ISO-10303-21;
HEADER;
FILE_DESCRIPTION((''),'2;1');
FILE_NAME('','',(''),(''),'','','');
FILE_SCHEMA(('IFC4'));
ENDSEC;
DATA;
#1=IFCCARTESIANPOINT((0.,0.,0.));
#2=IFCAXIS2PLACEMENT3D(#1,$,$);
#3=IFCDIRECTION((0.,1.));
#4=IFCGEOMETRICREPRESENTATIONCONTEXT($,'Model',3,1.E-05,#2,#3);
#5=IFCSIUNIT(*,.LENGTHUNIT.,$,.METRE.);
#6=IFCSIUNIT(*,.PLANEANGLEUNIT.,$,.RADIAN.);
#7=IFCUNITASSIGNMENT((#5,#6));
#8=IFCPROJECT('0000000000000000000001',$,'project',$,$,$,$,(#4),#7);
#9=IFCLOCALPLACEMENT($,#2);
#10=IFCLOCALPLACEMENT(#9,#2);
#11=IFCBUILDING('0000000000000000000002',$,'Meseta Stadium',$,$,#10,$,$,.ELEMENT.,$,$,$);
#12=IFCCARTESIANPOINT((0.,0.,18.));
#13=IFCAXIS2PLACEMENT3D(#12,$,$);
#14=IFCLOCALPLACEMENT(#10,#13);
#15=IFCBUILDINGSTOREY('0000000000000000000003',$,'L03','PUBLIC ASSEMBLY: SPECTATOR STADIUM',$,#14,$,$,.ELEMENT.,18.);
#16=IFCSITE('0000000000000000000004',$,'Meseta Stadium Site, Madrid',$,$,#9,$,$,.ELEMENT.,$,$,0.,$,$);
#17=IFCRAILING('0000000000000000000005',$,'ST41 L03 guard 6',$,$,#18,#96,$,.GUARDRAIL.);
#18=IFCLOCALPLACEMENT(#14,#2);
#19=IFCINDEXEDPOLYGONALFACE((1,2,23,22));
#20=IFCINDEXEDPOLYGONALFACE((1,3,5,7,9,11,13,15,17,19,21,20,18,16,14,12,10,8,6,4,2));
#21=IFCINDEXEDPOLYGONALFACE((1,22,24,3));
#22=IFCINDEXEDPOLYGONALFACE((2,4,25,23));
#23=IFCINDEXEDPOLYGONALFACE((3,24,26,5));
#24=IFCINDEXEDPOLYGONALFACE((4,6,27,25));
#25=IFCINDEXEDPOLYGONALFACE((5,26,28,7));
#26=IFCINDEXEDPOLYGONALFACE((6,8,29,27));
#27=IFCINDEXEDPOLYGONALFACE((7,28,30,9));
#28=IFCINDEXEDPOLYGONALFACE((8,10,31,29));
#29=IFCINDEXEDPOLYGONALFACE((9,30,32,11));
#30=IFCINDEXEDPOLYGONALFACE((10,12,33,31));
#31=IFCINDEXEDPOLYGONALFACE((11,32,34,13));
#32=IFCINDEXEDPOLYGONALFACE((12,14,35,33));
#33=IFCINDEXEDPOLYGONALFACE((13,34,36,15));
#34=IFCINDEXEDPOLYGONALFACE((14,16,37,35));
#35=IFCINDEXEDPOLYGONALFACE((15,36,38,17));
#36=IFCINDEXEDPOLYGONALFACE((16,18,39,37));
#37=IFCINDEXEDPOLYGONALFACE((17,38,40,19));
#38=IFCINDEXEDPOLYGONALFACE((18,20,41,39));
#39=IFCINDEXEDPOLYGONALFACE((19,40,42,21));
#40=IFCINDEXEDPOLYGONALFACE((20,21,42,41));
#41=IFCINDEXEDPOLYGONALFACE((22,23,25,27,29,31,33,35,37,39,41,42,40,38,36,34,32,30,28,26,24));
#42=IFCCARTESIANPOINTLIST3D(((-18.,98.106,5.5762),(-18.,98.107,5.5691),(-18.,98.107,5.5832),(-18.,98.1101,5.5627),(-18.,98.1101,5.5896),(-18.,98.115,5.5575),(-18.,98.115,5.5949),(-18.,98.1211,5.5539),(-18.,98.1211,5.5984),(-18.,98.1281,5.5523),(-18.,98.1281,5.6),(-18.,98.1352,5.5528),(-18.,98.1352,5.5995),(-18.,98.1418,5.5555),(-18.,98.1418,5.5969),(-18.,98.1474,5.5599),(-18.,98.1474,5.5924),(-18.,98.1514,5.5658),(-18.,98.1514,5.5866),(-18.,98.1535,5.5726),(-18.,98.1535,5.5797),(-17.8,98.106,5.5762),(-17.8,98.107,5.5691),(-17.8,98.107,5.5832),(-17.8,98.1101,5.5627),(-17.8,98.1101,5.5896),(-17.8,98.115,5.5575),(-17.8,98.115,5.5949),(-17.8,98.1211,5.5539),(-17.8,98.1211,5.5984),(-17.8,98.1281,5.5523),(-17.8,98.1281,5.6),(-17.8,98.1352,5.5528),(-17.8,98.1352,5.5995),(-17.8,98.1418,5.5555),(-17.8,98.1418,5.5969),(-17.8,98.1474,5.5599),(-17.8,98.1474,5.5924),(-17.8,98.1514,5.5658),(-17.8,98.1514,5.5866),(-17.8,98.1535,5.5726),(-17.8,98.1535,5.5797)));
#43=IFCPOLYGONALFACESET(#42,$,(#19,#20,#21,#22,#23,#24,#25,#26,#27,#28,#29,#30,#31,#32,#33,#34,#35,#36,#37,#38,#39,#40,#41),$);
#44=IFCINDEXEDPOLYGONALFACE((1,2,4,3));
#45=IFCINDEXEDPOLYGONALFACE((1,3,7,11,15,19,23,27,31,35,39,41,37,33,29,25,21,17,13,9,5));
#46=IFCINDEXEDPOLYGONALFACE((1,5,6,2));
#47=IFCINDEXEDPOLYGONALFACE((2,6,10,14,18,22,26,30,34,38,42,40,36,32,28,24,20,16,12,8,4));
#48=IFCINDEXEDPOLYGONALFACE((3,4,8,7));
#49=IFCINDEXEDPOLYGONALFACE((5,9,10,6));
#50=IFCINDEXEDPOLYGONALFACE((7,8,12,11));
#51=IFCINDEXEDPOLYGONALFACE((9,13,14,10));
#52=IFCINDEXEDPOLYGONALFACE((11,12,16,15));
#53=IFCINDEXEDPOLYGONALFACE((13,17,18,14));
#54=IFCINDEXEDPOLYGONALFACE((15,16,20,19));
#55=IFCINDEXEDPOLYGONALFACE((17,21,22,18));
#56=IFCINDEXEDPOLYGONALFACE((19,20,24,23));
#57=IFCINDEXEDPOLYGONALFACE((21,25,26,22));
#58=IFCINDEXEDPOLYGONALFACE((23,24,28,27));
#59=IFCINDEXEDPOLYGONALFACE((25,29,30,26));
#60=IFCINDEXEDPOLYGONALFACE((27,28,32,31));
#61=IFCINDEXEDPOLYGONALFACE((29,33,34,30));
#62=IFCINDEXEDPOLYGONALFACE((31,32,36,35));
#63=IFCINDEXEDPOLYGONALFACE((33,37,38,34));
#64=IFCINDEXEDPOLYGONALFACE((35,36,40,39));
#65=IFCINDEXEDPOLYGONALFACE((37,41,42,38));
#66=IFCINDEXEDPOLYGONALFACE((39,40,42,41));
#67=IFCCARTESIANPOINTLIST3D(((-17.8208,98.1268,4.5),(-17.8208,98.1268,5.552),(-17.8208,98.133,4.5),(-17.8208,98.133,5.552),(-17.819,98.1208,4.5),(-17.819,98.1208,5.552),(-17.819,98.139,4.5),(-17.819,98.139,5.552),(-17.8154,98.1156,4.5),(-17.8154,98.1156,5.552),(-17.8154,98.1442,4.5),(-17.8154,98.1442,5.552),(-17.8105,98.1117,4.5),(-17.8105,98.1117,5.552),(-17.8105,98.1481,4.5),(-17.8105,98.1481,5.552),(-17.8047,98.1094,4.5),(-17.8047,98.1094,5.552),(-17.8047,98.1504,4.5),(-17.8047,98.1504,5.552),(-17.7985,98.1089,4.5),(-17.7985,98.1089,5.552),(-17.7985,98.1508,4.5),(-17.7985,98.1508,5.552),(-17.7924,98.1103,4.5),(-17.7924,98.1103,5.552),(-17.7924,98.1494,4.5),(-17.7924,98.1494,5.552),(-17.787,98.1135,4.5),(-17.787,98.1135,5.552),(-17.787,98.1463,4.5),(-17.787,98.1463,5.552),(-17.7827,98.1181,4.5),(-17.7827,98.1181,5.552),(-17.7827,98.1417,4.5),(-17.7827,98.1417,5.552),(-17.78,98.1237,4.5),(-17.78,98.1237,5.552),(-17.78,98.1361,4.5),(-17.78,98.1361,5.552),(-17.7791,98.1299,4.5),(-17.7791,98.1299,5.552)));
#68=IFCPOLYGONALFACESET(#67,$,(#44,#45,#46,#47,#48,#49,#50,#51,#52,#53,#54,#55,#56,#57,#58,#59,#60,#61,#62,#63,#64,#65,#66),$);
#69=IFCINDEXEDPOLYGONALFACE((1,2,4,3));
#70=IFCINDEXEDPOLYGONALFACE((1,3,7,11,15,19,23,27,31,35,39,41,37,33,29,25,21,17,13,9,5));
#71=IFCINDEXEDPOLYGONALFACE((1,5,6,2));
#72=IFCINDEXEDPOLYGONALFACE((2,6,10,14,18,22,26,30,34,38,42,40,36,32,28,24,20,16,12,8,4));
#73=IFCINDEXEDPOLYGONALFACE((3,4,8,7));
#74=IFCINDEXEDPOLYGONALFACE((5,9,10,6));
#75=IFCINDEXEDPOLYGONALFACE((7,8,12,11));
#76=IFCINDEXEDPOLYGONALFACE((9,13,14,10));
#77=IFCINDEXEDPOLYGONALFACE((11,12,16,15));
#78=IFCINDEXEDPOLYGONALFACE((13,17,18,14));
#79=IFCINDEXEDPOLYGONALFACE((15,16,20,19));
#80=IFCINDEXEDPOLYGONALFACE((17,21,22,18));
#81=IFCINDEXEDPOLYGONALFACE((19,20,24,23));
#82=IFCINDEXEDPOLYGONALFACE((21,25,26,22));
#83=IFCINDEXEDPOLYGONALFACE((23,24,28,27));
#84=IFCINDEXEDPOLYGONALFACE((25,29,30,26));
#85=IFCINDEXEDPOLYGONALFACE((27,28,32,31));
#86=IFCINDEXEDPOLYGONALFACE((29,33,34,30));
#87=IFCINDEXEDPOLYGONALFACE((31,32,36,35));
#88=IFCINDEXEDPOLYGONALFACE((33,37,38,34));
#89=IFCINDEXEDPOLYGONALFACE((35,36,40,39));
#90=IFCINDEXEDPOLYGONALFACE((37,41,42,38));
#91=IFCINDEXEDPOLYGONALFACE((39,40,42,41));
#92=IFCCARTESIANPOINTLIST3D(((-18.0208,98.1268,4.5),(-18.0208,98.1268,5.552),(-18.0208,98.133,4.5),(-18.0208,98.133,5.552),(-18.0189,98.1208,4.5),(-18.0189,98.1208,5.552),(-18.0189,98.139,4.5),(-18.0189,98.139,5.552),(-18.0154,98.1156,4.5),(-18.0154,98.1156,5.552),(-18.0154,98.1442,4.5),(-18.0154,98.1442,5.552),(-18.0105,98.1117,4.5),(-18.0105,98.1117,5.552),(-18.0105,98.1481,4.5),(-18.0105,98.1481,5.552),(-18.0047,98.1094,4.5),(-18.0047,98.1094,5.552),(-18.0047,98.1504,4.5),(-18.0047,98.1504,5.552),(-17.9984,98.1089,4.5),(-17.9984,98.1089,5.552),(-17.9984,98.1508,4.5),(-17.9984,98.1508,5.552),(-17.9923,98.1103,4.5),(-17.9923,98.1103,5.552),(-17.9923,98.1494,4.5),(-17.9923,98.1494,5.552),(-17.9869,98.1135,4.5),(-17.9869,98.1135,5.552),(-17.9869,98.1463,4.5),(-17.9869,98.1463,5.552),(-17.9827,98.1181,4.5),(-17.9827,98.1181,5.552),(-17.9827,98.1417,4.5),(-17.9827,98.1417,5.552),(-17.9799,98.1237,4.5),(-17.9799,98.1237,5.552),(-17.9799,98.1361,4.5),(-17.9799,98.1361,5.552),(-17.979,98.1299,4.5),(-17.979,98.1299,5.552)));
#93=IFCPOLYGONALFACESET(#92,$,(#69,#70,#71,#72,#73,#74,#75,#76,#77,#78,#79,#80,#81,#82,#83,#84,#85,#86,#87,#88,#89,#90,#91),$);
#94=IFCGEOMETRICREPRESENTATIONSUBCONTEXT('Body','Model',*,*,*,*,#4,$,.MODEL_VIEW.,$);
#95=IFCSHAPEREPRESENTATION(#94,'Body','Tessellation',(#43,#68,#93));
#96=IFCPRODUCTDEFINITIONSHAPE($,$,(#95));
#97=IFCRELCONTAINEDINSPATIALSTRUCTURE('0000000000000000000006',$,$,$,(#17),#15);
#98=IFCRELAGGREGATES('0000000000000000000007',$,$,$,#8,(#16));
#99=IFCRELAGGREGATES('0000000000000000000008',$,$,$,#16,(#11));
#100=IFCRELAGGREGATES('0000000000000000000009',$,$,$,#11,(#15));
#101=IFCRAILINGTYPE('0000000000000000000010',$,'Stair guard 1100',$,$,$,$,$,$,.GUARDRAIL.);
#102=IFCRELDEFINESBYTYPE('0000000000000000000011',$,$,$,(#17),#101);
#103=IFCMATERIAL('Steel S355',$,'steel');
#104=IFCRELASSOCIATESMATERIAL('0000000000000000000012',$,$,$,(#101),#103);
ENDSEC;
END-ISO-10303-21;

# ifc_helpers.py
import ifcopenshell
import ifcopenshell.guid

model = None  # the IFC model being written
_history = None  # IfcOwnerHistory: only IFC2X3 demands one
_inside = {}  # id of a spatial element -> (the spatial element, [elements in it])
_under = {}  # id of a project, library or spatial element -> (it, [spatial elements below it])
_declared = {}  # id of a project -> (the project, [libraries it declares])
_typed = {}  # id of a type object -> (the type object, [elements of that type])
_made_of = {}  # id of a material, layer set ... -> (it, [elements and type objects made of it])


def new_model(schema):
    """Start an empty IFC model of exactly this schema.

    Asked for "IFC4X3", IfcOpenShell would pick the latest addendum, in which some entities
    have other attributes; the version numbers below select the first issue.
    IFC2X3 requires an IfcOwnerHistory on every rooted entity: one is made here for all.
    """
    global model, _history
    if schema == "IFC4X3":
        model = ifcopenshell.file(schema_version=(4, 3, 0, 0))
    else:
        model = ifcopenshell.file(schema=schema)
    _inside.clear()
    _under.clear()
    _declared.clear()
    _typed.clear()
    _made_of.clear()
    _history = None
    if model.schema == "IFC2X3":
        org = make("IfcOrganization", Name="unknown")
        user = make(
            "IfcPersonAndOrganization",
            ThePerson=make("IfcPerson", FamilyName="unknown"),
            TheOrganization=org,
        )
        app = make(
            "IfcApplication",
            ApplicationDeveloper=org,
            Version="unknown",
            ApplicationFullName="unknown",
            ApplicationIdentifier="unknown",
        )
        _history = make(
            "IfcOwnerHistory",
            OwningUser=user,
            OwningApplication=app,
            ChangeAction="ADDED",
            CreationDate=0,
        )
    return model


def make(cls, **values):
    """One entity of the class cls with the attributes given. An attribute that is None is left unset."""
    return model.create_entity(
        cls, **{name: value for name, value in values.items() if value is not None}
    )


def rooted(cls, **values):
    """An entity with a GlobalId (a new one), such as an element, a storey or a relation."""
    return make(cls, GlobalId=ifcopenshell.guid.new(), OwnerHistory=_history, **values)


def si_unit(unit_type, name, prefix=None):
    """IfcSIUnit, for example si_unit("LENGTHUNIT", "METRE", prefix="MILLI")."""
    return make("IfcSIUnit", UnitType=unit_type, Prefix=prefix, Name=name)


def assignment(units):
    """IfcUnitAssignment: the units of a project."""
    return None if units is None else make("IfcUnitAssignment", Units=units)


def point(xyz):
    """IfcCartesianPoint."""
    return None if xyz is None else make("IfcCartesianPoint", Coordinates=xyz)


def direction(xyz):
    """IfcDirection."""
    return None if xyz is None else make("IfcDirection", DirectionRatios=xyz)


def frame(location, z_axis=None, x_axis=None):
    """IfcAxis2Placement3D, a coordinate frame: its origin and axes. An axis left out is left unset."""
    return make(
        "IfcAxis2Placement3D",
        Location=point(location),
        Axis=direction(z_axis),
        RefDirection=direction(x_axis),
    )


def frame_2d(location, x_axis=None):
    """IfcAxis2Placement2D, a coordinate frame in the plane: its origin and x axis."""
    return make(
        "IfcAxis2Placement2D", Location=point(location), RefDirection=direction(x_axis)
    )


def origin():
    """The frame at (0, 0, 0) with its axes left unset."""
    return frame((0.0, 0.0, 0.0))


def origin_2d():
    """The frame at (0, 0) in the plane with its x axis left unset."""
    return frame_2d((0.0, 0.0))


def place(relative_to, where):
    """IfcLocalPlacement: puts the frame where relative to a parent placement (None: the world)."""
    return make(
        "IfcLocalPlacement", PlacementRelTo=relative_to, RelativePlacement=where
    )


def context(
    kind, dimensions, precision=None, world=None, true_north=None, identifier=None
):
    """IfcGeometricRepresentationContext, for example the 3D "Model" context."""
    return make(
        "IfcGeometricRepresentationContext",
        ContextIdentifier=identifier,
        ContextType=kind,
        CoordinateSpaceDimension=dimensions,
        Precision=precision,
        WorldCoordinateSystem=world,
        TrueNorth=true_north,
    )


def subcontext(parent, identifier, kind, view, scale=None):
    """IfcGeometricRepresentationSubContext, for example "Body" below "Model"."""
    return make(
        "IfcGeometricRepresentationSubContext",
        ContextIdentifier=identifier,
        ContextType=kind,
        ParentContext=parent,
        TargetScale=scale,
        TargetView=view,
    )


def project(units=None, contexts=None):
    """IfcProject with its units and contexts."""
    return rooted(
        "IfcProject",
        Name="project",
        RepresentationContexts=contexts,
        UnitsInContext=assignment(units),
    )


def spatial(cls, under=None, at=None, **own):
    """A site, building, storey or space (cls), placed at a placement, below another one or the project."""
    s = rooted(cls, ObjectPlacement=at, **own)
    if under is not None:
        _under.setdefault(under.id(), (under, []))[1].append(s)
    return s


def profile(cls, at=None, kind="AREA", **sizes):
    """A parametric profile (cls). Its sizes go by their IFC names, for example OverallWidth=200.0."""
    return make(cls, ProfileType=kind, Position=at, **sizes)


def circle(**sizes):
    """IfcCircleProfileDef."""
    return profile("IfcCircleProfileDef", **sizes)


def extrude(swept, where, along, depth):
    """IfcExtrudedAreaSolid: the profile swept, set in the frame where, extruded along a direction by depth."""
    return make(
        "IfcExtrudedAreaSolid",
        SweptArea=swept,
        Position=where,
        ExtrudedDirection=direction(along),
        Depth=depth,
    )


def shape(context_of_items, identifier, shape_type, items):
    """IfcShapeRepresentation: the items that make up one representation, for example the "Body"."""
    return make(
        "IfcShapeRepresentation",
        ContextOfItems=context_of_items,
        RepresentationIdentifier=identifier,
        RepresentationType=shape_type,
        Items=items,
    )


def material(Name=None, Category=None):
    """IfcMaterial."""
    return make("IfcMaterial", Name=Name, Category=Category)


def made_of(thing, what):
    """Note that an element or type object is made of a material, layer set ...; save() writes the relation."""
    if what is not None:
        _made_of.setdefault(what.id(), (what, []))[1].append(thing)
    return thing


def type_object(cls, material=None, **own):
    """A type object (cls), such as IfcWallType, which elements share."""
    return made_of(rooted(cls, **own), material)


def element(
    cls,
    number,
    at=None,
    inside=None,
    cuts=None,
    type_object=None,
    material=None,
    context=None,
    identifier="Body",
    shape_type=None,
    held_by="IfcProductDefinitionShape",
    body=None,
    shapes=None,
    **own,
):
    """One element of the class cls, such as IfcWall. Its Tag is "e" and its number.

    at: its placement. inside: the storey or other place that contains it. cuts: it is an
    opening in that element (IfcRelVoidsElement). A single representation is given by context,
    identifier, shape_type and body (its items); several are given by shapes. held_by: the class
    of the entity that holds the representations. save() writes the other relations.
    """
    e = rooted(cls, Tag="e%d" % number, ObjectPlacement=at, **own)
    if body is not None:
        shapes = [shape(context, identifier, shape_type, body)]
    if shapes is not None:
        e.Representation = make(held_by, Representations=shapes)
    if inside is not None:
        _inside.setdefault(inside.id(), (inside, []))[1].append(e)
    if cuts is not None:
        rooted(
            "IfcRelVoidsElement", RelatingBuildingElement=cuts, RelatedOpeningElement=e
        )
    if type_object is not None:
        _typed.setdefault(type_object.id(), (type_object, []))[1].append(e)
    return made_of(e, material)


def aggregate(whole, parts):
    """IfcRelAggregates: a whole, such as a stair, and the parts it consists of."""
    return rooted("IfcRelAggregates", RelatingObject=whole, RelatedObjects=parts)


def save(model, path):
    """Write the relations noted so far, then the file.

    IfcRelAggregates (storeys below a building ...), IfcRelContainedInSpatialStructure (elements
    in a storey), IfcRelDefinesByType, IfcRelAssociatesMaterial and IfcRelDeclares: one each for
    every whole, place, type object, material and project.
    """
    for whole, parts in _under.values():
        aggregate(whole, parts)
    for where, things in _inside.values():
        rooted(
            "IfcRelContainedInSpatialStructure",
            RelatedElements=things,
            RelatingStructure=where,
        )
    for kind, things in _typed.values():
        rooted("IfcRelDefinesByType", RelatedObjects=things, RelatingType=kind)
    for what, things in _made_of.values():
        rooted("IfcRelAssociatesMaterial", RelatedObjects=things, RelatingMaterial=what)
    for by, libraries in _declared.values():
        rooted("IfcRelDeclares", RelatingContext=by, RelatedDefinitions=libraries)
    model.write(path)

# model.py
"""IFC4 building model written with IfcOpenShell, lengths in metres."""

from ifc_helpers import new_model, si_unit, direction, frame, origin, origin_2d, place, context, subcontext, project, spatial, circle, extrude, material, type_object, element, save


model = new_model("IFC4")

# Units and contexts
model_context = context("Model", 3, precision=1e-05, world=origin(), true_north=direction((0.0, 1.0)))
body_context = subcontext(model_context, "Body", "Model", "MODEL_VIEW")
ifc_project = project(units=[si_unit("LENGTHUNIT", "METRE"), si_unit("PLANEANGLEUNIT", "RADIAN")], contexts=[model_context])

# Site, building, storey
site_placement = place(None, origin())
site = spatial("IfcSite", under=ifc_project, at=site_placement, Name="Meseta Stadium Site, Madrid", CompositionType="ELEMENT", RefElevation=0.0)
building_placement = place(site_placement, origin())
building = spatial("IfcBuilding", under=site, at=building_placement, Name="Meseta Stadium", CompositionType="ELEMENT")
storey_placement = place(building_placement, frame((0.0, 0.0, 18.0)))
storey = spatial("IfcBuildingStorey", under=building, at=storey_placement, Name="L03", Description="PUBLIC ASSEMBLY: SPECTATOR STADIUM", CompositionType="ELEMENT", Elevation=18.0)

# Railing
ifc_material_1 = material(Name="Steel S355", Category="steel")
railing_type_1 = type_object("IfcRailingType", Name="Stair guard 1100", PredefinedType="GUARDRAIL", material=ifc_material_1)
railing_placement = place(storey_placement, frame((-17.8, 98.1299, 4.5)))
element("IfcRailing", 1, at=railing_placement, inside=storey, type_object=railing_type_1, Name="ST41 L03 guard 6", PredefinedType="GUARDRAIL", context=body_context, shape_type="SweptSolid", body=[
    extrude(circle(Radius=0.0239, at=origin_2d()), frame((0.0, 0.0, 1.0762), z_axis=(-1.0, 0.0, 0.0), x_axis=(0.0, -1.0, 0.0)), (0.0, 0.0, 1.0), 0.2),
    extrude(circle(Radius=0.021, at=origin_2d()), origin(), (0.0, 0.0, 1.0), 1.052),
    extrude(circle(Radius=0.021, at=origin_2d()), frame((-0.2, 0.0, 0.0)), (0.0, 0.0, 1.0), 1.052),
])

save(model, "model.ifc")
